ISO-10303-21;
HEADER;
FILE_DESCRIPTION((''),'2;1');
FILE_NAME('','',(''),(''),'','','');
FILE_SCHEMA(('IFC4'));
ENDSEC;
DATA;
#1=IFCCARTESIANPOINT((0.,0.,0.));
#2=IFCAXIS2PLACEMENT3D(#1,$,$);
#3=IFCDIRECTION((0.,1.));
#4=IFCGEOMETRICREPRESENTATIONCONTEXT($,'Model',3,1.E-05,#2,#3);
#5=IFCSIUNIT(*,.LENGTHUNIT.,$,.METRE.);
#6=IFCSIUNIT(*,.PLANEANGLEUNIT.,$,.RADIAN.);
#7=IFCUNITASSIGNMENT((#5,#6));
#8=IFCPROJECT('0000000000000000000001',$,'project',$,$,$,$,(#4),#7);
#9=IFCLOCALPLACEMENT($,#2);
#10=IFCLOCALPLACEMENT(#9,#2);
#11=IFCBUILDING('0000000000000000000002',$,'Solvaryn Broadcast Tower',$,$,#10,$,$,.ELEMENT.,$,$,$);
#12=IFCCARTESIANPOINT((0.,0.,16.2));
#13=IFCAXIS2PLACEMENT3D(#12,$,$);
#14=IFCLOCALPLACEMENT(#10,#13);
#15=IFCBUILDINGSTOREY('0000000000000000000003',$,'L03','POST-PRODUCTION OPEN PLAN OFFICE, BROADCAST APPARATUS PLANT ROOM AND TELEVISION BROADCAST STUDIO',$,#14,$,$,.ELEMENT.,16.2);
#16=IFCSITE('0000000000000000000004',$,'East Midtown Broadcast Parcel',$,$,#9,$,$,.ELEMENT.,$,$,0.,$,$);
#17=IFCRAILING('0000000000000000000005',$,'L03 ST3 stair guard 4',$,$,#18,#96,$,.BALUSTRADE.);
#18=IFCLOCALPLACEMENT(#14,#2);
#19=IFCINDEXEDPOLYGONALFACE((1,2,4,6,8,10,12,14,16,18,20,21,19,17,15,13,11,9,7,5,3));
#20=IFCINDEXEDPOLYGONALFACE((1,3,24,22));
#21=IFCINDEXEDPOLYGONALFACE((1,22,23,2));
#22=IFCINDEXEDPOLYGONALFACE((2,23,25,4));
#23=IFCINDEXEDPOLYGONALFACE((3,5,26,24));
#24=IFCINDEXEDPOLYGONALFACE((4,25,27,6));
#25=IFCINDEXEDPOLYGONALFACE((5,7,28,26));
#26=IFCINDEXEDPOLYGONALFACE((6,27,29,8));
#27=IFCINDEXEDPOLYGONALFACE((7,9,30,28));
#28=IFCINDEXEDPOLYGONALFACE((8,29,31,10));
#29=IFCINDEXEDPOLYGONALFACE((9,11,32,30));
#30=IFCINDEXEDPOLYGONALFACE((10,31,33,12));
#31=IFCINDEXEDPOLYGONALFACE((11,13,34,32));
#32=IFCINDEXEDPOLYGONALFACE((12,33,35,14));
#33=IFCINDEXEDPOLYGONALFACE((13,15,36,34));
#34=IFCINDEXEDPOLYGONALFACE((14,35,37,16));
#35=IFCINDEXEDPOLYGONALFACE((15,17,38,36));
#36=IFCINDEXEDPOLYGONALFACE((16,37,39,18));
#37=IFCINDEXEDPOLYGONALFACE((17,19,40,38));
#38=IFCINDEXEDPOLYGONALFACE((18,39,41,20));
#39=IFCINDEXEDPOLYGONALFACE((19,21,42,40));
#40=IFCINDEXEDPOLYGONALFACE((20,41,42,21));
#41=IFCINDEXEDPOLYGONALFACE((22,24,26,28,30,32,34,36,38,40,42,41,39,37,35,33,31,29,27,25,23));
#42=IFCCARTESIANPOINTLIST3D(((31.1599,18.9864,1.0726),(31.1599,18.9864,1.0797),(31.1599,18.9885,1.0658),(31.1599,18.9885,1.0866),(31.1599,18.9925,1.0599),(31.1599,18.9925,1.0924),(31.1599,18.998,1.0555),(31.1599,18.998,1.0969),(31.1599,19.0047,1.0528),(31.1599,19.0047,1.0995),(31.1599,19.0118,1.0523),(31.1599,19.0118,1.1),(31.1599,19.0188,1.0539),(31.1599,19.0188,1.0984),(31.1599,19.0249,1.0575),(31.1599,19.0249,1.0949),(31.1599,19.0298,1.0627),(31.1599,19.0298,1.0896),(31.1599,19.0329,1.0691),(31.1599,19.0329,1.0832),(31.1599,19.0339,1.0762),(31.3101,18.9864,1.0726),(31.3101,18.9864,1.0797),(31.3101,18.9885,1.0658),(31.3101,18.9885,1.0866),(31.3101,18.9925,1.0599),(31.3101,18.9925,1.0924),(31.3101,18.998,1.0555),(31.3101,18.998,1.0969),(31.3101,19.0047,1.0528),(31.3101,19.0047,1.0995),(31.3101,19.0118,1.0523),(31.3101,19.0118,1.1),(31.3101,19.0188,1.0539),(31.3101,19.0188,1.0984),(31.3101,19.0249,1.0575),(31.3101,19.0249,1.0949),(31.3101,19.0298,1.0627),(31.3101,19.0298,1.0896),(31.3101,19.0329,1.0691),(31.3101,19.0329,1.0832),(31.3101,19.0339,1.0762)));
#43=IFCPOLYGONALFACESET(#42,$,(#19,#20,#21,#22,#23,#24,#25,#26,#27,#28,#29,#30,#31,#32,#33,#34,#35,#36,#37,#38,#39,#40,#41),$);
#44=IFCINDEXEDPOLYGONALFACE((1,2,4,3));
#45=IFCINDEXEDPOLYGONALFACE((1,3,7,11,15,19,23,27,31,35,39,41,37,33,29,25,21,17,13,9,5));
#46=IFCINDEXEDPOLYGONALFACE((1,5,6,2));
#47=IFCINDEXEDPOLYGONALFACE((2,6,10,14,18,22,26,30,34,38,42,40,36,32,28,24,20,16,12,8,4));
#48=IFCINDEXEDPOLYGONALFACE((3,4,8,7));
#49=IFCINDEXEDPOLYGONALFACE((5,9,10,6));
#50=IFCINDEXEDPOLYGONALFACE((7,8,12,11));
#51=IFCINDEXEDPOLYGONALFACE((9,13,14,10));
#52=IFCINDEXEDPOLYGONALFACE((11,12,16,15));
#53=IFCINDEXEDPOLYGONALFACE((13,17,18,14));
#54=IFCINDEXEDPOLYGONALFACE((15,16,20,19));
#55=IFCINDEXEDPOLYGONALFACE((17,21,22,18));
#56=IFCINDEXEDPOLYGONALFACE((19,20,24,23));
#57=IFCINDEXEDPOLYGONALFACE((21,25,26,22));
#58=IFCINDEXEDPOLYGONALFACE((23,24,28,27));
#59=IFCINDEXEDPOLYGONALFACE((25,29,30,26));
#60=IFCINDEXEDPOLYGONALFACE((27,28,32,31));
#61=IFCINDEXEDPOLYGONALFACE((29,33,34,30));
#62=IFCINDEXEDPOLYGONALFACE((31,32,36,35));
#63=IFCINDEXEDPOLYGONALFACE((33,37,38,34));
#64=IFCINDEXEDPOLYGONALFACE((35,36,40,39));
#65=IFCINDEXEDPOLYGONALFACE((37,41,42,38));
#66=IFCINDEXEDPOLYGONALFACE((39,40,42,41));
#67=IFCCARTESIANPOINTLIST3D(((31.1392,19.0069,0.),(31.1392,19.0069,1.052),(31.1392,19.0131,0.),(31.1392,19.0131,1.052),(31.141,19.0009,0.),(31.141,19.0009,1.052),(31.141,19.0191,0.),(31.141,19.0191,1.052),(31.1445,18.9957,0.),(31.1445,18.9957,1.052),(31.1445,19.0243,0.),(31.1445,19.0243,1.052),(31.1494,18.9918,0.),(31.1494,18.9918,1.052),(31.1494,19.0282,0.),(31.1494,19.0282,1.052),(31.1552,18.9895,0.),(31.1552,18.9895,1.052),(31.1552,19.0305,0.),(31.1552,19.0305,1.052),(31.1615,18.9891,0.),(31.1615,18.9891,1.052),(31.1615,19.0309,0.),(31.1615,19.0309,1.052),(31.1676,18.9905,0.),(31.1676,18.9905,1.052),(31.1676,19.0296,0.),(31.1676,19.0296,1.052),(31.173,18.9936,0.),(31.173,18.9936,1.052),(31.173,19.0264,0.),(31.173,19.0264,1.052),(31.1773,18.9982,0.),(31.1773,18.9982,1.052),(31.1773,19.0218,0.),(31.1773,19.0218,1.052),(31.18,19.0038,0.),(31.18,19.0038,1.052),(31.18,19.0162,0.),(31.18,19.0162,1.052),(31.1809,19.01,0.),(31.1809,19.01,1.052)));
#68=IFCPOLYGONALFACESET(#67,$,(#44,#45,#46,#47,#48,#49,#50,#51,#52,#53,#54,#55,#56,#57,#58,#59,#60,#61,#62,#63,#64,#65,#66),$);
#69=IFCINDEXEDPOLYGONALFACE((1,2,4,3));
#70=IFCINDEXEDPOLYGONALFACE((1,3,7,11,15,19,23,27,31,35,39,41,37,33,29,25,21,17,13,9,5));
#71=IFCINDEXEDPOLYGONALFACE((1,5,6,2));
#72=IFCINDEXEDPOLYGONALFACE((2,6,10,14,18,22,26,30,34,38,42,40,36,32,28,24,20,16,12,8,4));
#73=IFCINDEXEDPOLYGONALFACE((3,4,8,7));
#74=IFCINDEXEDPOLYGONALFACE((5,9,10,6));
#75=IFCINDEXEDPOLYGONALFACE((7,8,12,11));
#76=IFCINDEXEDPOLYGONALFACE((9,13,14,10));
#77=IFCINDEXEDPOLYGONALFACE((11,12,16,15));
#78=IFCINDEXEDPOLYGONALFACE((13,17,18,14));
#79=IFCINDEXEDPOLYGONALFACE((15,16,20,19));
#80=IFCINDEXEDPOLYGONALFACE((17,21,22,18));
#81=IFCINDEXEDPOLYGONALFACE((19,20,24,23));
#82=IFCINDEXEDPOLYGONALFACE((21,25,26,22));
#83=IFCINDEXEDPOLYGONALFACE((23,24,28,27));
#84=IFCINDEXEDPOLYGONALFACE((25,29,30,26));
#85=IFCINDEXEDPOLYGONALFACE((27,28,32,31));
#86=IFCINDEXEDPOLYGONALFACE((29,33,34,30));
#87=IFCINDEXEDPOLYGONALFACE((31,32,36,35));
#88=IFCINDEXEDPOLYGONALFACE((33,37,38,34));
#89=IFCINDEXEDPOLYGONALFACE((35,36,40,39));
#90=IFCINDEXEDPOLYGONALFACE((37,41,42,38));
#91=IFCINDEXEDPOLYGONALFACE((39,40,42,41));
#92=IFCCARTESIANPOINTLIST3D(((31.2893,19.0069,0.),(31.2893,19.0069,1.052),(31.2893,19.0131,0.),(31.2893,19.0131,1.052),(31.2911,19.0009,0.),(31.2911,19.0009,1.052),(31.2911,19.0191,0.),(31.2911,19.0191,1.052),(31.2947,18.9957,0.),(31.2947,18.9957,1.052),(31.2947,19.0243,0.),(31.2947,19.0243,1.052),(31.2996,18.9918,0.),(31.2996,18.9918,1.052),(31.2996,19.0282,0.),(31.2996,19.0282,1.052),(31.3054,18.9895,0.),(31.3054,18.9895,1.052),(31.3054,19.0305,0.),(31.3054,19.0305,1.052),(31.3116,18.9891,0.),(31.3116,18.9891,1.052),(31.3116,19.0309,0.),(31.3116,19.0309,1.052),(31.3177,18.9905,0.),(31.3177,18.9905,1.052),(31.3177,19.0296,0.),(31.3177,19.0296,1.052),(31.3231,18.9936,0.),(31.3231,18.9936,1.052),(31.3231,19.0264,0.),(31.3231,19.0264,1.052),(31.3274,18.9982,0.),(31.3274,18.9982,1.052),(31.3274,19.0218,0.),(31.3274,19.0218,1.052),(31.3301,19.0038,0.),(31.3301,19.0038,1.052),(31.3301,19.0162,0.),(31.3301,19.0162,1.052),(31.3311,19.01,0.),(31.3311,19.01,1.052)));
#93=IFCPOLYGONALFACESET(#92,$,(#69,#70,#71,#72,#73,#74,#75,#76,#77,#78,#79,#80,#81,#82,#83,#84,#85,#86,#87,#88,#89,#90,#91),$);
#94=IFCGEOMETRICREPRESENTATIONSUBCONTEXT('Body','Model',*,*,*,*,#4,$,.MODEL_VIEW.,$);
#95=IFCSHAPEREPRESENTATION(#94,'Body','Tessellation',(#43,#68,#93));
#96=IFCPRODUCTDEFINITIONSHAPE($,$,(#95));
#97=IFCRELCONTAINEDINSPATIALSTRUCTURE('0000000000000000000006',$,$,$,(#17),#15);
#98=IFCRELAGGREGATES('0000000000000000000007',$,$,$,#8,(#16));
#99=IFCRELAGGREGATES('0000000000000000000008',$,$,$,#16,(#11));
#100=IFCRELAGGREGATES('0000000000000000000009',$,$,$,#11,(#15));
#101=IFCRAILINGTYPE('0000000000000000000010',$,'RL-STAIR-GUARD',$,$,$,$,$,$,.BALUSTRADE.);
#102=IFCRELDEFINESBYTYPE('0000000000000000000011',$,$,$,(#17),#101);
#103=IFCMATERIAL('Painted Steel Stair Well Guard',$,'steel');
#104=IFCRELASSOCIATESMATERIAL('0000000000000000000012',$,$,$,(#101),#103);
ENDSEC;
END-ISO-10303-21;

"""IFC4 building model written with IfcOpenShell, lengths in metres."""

from ifc_helpers import new_model, si_unit, direction, frame, origin, origin_2d, place, context, subcontext, project, spatial, circle, extrude, material, type_object, element, save


model = new_model("IFC4")

# Units and contexts
model_context = context("Model", 3, precision=1e-05, world=origin(), true_north=direction((0.0, 1.0)))
body_context = subcontext(model_context, "Body", "Model", "MODEL_VIEW")
ifc_project = project(units=[si_unit("LENGTHUNIT", "METRE"), si_unit("PLANEANGLEUNIT", "RADIAN")], contexts=[model_context])

# Site, building, storey
site_placement = place(None, origin())
site = spatial("IfcSite", under=ifc_project, at=site_placement, Name="East Midtown Broadcast Parcel", CompositionType="ELEMENT", RefElevation=0.0)
building_placement = place(site_placement, origin())
building = spatial("IfcBuilding", under=site, at=building_placement, Name="Solvaryn Broadcast Tower", CompositionType="ELEMENT")
storey_placement = place(building_placement, frame((0.0, 0.0, 16.2)))
storey = spatial("IfcBuildingStorey", under=building, at=storey_placement, Name="L03", Description="POST-PRODUCTION OPEN PLAN OFFICE, BROADCAST APPARATUS PLANT ROOM AND TELEVISION BROADCAST STUDIO", CompositionType="ELEMENT", Elevation=16.2)

# Railing
ifc_material_1 = material(Name="Painted Steel Stair Well Guard", Category="steel")
railing_type_1 = type_object("IfcRailingType", Name="RL-STAIR-GUARD", PredefinedType="BALUSTRADE", material=ifc_material_1)
railing_1_placement = place(storey_placement, frame((31.1599, 19.01, 0.0)))
element("IfcRailing", 1, at=railing_1_placement, inside=storey, type_object=railing_type_1, Name="L03 ST3 stair guard 4", PredefinedType="BALUSTRADE", context=body_context, shape_type="SweptSolid", body=[
    extrude(circle(Radius=0.0239, at=origin_2d()), frame((0.0, 0.0, 1.0762), z_axis=(1.0, 0.0, 0.0), x_axis=(0.0, 1.0, 0.0)), (0.0, 0.0, 1.0), 0.1501),
    extrude(circle(Radius=0.021, at=origin_2d()), origin(), (0.0, 0.0, 1.0), 1.052),
    extrude(circle(Radius=0.021, at=origin_2d()), frame((0.1501, 0.0, 0.0)), (0.0, 0.0, 1.0), 1.052),
])

save(model, "model.ifc")
